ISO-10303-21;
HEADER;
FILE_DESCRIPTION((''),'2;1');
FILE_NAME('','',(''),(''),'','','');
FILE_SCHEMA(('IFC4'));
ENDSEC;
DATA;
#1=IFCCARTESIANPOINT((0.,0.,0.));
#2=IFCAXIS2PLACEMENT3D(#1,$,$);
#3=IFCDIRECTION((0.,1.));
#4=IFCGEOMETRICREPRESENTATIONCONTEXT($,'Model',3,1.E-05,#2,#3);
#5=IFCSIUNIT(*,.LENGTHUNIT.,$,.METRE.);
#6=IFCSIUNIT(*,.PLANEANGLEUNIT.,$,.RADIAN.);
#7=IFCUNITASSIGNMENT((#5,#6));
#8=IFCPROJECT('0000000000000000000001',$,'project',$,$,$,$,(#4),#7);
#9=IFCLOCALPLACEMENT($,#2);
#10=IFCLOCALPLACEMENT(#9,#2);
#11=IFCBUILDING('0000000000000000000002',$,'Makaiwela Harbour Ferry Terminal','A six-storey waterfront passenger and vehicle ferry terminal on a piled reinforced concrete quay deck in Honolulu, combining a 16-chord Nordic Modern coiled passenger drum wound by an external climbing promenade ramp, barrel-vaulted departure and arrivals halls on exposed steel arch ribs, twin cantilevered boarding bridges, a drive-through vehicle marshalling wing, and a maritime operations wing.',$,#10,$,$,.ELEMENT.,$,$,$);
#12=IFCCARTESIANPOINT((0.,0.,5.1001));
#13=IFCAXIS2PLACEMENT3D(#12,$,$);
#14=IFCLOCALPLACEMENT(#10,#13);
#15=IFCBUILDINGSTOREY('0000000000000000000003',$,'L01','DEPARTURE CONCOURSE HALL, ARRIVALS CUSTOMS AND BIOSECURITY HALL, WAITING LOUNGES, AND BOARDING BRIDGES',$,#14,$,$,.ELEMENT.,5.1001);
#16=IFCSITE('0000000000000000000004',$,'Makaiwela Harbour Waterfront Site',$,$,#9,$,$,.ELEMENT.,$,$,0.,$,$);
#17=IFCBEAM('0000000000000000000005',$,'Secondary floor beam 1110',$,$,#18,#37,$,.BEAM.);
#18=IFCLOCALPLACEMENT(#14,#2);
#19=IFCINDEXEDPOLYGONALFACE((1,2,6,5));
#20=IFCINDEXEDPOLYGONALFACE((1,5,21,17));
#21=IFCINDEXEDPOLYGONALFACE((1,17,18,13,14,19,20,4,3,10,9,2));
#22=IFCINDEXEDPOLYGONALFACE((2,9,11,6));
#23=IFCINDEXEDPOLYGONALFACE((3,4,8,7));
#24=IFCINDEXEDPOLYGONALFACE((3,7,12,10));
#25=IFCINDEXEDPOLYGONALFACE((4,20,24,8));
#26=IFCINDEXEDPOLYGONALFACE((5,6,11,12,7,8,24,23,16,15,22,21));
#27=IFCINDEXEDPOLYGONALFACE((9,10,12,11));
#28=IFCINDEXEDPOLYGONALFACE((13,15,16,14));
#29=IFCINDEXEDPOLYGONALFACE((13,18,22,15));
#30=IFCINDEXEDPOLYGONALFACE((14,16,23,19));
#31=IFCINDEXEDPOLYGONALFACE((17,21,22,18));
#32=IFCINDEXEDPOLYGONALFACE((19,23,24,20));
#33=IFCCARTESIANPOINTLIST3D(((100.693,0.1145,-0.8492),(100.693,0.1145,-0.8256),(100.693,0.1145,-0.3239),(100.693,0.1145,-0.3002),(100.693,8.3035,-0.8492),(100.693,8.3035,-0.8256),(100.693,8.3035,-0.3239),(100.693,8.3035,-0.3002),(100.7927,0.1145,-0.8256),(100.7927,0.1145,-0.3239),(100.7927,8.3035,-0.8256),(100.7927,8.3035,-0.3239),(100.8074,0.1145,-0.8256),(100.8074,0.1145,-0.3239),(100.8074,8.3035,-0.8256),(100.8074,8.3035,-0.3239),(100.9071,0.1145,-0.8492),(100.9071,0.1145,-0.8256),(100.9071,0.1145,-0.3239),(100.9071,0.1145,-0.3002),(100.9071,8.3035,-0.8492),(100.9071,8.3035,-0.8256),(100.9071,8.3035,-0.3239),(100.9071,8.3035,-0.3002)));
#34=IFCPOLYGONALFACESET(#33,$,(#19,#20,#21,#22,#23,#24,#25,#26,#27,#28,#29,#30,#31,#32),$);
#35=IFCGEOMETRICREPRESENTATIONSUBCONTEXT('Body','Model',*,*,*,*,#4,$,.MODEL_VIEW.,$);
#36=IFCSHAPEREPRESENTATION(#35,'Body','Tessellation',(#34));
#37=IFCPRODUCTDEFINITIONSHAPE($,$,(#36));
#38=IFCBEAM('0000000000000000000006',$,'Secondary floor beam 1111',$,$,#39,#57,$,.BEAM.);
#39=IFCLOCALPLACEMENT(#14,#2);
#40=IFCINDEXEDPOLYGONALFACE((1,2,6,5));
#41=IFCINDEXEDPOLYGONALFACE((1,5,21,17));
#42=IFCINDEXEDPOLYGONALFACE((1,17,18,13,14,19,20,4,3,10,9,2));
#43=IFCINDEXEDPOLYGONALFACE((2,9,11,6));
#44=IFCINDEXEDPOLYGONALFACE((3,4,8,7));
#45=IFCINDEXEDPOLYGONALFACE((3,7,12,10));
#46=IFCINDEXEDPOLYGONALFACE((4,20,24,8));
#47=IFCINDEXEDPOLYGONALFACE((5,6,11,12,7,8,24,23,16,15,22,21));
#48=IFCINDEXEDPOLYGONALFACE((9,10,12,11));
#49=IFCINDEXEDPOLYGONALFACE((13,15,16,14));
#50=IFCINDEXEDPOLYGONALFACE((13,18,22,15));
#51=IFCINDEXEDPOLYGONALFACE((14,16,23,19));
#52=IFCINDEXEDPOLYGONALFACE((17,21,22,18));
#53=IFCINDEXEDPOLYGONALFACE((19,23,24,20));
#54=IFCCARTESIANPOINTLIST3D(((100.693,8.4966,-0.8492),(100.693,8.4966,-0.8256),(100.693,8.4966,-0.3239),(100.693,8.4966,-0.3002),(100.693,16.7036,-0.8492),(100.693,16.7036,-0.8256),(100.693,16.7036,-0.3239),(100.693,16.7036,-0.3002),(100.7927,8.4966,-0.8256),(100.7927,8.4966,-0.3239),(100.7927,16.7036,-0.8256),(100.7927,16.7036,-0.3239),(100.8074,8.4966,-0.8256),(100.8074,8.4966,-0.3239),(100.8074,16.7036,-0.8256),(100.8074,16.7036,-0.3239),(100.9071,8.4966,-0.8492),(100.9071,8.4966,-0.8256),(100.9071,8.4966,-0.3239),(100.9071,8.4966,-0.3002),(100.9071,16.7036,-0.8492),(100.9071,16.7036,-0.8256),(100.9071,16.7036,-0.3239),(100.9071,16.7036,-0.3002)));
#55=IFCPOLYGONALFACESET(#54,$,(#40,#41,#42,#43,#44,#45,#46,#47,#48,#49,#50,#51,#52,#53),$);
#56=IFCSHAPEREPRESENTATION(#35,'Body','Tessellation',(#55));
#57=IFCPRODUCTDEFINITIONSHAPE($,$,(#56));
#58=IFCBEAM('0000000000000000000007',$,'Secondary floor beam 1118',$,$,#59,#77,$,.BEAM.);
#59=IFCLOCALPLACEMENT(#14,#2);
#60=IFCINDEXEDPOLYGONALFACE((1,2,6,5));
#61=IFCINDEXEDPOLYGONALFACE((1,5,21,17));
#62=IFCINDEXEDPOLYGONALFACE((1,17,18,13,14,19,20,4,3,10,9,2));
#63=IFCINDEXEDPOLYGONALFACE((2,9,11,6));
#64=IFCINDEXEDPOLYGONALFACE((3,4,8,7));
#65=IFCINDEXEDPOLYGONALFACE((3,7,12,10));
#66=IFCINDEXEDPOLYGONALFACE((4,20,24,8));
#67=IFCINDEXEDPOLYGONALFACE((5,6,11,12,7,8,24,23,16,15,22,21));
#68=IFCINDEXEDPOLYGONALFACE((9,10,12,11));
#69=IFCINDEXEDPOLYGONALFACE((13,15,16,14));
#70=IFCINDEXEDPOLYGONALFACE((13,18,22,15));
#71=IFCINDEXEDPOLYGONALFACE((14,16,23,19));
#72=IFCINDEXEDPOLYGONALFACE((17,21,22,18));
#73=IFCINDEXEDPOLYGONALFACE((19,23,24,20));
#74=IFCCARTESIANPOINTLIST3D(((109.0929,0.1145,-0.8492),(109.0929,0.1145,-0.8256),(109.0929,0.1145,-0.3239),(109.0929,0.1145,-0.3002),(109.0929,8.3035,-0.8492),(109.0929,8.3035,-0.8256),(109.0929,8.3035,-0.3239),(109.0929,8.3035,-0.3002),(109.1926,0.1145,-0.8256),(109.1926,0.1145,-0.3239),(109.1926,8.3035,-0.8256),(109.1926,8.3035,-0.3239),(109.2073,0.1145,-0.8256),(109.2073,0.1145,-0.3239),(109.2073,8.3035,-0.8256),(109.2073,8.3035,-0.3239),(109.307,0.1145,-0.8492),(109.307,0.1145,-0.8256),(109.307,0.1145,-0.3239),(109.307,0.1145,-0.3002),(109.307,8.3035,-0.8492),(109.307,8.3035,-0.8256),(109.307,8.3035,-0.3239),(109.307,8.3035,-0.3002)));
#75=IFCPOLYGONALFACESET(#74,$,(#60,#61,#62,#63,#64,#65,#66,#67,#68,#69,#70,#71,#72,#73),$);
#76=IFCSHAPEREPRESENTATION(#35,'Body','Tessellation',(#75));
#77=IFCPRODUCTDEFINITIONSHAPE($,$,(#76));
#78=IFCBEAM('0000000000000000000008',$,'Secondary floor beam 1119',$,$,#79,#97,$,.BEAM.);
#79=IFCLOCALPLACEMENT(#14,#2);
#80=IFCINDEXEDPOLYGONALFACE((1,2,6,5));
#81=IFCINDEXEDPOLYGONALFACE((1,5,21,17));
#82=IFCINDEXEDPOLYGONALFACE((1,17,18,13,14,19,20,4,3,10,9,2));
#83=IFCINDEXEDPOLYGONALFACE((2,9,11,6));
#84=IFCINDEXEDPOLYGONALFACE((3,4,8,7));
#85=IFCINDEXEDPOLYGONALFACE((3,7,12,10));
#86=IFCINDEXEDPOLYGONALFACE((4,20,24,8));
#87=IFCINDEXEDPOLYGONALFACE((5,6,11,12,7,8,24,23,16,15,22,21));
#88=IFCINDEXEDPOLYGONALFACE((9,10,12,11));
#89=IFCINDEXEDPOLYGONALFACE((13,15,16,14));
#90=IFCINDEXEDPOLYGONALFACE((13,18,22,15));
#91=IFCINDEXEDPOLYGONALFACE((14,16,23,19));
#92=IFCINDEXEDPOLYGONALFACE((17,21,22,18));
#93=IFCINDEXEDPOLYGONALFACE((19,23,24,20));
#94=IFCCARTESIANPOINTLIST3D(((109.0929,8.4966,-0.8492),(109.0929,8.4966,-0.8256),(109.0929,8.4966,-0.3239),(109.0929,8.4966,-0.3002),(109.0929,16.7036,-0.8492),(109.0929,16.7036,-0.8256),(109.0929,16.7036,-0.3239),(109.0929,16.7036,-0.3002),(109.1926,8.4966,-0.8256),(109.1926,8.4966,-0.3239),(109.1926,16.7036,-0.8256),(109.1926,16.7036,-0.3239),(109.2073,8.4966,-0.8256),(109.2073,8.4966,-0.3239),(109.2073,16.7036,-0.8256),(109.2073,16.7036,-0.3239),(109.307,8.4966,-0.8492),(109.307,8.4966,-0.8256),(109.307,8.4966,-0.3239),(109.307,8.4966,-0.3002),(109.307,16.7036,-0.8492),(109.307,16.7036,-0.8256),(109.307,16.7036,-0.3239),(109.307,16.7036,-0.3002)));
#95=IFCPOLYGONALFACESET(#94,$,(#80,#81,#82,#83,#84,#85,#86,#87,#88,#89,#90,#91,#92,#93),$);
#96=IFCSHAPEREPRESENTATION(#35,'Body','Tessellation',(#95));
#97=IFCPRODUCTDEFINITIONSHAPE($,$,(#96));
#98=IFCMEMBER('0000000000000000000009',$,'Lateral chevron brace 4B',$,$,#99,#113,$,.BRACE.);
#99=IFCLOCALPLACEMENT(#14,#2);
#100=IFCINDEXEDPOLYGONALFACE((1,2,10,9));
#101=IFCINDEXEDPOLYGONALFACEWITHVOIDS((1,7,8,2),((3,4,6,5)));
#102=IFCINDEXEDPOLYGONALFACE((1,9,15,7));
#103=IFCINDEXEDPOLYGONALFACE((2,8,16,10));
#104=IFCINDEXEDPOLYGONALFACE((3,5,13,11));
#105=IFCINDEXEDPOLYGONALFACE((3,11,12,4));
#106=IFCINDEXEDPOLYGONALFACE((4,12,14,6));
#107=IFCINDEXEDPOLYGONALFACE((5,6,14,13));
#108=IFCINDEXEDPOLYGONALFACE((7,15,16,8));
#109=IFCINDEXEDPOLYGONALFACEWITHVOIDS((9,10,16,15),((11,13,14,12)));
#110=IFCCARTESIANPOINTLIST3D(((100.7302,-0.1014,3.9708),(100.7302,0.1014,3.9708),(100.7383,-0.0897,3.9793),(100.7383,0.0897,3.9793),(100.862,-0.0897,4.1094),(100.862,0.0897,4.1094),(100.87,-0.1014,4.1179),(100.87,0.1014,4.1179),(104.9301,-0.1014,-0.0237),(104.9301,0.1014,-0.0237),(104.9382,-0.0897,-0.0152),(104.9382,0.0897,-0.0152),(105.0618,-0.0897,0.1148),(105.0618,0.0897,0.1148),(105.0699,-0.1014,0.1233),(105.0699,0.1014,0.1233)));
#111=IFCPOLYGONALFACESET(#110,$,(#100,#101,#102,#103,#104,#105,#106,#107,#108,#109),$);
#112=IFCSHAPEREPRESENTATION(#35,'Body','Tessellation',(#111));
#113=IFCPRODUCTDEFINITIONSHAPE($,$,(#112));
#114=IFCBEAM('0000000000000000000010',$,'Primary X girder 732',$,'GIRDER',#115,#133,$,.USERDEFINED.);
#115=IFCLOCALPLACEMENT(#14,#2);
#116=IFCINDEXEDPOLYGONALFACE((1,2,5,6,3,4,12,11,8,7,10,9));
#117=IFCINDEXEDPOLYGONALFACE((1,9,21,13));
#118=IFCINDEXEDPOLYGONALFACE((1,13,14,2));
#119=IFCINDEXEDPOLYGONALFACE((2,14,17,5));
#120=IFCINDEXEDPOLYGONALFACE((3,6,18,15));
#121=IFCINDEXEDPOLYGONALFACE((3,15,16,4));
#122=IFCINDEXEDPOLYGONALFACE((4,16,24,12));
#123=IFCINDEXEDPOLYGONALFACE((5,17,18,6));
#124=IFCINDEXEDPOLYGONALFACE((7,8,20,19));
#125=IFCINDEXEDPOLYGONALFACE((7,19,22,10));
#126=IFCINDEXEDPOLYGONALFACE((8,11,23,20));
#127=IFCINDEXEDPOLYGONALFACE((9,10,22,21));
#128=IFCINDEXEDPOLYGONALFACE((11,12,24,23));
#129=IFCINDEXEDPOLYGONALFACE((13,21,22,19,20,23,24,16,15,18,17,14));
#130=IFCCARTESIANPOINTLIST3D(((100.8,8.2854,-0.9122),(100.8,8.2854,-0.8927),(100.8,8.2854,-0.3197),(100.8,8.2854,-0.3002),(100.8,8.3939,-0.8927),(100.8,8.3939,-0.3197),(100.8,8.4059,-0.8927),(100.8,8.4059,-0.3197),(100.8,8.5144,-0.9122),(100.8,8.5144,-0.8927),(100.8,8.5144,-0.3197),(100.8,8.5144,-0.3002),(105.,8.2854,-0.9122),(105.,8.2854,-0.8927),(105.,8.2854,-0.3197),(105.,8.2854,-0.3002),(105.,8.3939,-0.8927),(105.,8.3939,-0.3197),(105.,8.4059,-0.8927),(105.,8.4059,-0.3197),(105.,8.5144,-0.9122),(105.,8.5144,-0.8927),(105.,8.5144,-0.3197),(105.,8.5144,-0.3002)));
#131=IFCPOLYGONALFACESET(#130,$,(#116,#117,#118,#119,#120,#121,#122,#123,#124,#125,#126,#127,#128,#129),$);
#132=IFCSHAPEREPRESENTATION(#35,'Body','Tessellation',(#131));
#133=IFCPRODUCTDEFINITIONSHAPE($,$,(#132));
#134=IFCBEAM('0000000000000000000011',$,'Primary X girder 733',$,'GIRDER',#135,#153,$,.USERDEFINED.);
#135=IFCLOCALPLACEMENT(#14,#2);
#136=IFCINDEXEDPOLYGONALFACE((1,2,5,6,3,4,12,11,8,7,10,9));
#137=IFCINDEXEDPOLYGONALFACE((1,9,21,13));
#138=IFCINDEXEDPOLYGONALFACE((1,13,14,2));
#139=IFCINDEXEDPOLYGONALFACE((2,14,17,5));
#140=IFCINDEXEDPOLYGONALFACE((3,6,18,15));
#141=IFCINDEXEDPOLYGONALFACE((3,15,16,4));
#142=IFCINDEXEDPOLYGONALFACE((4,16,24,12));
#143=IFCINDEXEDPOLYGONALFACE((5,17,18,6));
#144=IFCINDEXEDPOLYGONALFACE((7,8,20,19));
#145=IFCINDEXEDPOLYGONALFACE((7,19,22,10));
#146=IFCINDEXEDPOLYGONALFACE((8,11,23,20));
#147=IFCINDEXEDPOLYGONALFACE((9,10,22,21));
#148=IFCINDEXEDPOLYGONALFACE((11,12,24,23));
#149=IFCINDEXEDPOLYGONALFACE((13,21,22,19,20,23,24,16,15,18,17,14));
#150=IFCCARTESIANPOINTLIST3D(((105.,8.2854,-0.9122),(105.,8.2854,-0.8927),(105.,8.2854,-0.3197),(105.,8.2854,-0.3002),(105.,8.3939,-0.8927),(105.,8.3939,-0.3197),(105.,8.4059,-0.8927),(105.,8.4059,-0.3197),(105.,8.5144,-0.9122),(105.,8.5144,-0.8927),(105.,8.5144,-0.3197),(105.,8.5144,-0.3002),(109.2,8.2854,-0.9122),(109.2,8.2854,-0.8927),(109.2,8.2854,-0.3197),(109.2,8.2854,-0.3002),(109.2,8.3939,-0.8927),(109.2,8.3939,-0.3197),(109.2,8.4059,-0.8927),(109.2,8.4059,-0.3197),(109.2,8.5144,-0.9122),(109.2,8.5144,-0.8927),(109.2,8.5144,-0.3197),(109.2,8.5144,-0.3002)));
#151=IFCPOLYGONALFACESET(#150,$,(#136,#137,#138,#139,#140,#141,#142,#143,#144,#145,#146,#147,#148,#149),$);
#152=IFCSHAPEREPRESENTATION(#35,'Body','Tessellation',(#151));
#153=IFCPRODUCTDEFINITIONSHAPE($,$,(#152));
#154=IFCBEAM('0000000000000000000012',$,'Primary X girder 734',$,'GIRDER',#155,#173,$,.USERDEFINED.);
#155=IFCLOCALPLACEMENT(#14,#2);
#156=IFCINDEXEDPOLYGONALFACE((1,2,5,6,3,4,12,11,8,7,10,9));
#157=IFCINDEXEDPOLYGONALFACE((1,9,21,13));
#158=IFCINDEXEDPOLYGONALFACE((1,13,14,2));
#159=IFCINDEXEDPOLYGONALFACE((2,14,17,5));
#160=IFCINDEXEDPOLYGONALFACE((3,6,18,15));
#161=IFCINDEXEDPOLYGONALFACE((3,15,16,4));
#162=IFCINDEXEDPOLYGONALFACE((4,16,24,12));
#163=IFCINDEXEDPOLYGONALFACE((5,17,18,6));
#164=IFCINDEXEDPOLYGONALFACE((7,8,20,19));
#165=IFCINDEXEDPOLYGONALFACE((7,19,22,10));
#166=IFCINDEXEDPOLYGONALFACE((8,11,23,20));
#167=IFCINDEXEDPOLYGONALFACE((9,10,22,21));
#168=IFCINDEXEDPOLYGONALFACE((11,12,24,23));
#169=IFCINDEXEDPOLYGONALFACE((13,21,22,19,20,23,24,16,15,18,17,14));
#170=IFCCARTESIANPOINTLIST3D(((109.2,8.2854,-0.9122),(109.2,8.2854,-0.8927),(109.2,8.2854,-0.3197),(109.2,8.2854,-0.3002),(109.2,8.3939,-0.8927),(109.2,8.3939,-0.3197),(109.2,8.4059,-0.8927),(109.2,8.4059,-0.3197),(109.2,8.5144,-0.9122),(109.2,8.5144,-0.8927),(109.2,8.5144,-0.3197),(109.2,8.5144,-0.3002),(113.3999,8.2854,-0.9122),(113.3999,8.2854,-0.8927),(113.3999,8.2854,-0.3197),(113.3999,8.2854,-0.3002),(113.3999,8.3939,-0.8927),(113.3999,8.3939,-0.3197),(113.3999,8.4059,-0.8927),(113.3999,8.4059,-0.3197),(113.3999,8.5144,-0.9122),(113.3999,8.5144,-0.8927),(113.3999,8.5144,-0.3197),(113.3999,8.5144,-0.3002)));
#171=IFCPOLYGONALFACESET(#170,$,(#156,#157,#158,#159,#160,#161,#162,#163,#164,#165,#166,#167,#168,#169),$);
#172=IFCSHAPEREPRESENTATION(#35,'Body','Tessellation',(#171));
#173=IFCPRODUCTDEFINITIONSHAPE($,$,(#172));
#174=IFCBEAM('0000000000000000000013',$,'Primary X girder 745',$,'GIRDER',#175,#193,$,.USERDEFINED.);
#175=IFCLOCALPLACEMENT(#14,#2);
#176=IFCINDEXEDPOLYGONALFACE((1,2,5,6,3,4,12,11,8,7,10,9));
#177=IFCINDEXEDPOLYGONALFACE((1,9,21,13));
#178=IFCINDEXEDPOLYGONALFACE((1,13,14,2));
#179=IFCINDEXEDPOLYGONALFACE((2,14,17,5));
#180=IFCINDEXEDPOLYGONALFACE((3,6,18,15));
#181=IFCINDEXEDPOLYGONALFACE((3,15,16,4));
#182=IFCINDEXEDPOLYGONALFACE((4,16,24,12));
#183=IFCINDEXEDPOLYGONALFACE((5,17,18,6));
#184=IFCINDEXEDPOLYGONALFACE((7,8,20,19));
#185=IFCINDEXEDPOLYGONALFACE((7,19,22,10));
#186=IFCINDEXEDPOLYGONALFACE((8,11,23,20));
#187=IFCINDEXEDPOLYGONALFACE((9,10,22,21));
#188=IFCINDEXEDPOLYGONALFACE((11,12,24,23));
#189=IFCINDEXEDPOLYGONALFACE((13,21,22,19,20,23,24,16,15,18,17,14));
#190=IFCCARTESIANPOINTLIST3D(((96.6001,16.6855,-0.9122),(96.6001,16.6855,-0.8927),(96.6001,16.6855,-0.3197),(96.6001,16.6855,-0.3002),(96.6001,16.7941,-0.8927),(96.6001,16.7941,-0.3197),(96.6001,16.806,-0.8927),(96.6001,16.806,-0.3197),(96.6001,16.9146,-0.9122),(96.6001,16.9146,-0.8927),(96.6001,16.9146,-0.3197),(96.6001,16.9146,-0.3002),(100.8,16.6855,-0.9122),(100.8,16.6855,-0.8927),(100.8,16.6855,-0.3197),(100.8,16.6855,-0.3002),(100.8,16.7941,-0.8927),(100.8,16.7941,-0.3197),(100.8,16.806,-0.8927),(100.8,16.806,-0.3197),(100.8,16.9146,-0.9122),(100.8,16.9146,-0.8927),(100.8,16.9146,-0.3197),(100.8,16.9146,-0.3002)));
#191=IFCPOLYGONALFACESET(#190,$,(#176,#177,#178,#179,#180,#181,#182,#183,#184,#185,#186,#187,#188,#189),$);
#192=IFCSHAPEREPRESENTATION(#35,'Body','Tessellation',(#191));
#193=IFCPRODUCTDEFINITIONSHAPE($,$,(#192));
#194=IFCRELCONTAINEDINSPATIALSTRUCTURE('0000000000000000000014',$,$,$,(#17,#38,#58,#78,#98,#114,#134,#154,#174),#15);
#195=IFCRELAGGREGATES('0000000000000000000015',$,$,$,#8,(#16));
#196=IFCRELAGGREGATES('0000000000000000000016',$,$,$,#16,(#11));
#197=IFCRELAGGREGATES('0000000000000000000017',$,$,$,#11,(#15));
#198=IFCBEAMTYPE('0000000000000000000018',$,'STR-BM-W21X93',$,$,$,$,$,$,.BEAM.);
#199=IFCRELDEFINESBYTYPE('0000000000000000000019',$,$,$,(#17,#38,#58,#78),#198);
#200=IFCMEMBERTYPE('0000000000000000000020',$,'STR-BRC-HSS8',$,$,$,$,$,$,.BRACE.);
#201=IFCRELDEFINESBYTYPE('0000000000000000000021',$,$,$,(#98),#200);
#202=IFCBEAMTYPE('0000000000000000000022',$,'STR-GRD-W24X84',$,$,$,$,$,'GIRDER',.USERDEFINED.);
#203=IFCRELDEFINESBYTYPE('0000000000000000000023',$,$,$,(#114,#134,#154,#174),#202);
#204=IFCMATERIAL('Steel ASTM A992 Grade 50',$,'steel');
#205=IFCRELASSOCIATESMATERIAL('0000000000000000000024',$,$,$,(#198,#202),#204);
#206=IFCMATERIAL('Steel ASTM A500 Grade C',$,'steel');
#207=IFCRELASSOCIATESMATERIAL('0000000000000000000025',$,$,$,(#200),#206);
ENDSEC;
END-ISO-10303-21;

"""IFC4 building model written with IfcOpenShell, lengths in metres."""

from ifc_helpers import new_model, si_unit, direction, frame, origin, origin_2d, place, context, subcontext, project, spatial, hollow_rectangle, i_section, extrude, material, material_profile, profile_set, type_object, element, save


model = new_model("IFC4")

# Units and contexts
model_context = context("Model", 3, precision=1e-05, world=origin(), true_north=direction((0.0, 1.0)))
body_context = subcontext(model_context, "Body", "Model", "MODEL_VIEW")
ifc_project = project(units=[si_unit("LENGTHUNIT", "METRE"), si_unit("PLANEANGLEUNIT", "RADIAN")], contexts=[model_context])

# Site, building, storey
site_placement = place(None, origin())
site = spatial("IfcSite", under=ifc_project, at=site_placement, Name="Makaiwela Harbour Waterfront Site", CompositionType="ELEMENT", RefElevation=0.0)
building_placement = place(site_placement, origin())
building = spatial("IfcBuilding", under=site, at=building_placement, Name="Makaiwela Harbour Ferry Terminal", Description="A six-storey waterfront passenger and vehicle ferry terminal on a piled reinforced concrete quay deck in Honolulu, combining a 16-chord Nordic Modern coiled passenger drum wound by an external climbing promenade ramp, barrel-vaulted departure and arrivals halls on exposed steel arch ribs, twin cantilevered boarding bridges, a drive-through vehicle marshalling wing, and a maritime operations wing.", CompositionType="ELEMENT")
storey_placement = place(building_placement, frame((0.0, 0.0, 5.1001)))
storey = spatial("IfcBuildingStorey", under=building, at=storey_placement, Name="L01", Description="DEPARTURE CONCOURSE HALL, ARRIVALS CUSTOMS AND BIOSECURITY HALL, WAITING LOUNGES, AND BOARDING BRIDGES", CompositionType="ELEMENT", Elevation=5.1001)

# Shared definitions
ifc_material_1 = material(Name="Steel ASTM A992 Grade 50", Category="steel")

# Beams
ifc_material_profile_1 = material_profile(ifc_material_1, i_section(OverallWidth=0.2141, OverallDepth=0.5491, WebThickness=0.0146, FlangeThickness=0.0237, at=origin_2d()), Name="W21X93")
ifc_profile_set_1 = profile_set([ifc_material_profile_1], Name="Steel ASTM A992 Grade 50")
beam_type_1 = type_object("IfcBeamType", Name="STR-BM-W21X93", PredefinedType="BEAM", material=ifc_profile_set_1)
beam_1_placement = place(storey_placement, frame((100.8, 0.1145, -0.5747), z_axis=(0.0, 1.0, 0.0), x_axis=(-1.0, 0.0, 0.0)))
element("IfcBeam", 1, at=beam_1_placement, inside=storey, type_object=beam_type_1, Name="Secondary floor beam 1110", PredefinedType="BEAM", context=body_context, shape_type="SweptSolid", body=[
    extrude(i_section(OverallWidth=0.2141, OverallDepth=0.5491, WebThickness=0.0146, FlangeThickness=0.0237, at=origin_2d()), origin(), (0.0, 0.0, 1.0), 8.189),
])
beam_2_placement = place(storey_placement, frame((100.8, 8.4966, -0.5747), z_axis=(0.0, 1.0, 0.0), x_axis=(-1.0, 0.0, 0.0)))
element("IfcBeam", 2, at=beam_2_placement, inside=storey, type_object=beam_type_1, Name="Secondary floor beam 1111", PredefinedType="BEAM", context=body_context, shape_type="SweptSolid", body=[
    extrude(i_section(OverallWidth=0.2141, OverallDepth=0.5491, WebThickness=0.0146, FlangeThickness=0.0237, at=origin_2d()), origin(), (0.0, 0.0, 1.0), 8.207),
])
beam_3_placement = place(storey_placement, frame((109.2, 0.1145, -0.5747), z_axis=(0.0, 1.0, 0.0), x_axis=(-1.0, 0.0, 0.0)))
element("IfcBeam", 3, at=beam_3_placement, inside=storey, type_object=beam_type_1, Name="Secondary floor beam 1118", PredefinedType="BEAM", context=body_context, shape_type="SweptSolid", body=[
    extrude(i_section(OverallWidth=0.2141, OverallDepth=0.5491, WebThickness=0.0146, FlangeThickness=0.0237, at=origin_2d()), origin(), (0.0, 0.0, 1.0), 8.189),
])
beam_4_placement = place(storey_placement, frame((109.2, 8.4966, -0.5747), z_axis=(0.0, 1.0, 0.0), x_axis=(-1.0, 0.0, 0.0)))
element("IfcBeam", 4, at=beam_4_placement, inside=storey, type_object=beam_type_1, Name="Secondary floor beam 1119", PredefinedType="BEAM", context=body_context, shape_type="SweptSolid", body=[
    extrude(i_section(OverallWidth=0.2141, OverallDepth=0.5491, WebThickness=0.0146, FlangeThickness=0.0237, at=origin_2d()), origin(), (0.0, 0.0, 1.0), 8.207),
])

# Member
ifc_material_2 = material(Name="Steel ASTM A500 Grade C", Category="steel")
ifc_material_profile_2 = material_profile(ifc_material_2, hollow_rectangle(XDim=0.2029, YDim=0.2029, WallThickness=0.0117, at=origin_2d()), Name="HSS8X8X1/2")
ifc_profile_set_2 = profile_set([ifc_material_profile_2], Name="Steel ASTM A500 Grade C")
member_type = type_object("IfcMemberType", Name="STR-BRC-HSS8", PredefinedType="BRACE", material=ifc_profile_set_2)
member_placement = place(storey_placement, frame((105.0, 0.0, 0.0498), z_axis=(-0.724597, 0.0, 0.689173), x_axis=(0.0, -1.0, 0.0)))
element("IfcMember", 5, at=member_placement, inside=storey, type_object=member_type, Name="Lateral chevron brace 4B", PredefinedType="BRACE", context=body_context, shape_type="SweptSolid", body=[
    extrude(hollow_rectangle(XDim=0.2029, YDim=0.2029, WallThickness=0.0117, at=origin_2d()), origin(), (0.0, 0.0, 1.0), 5.7961),
])

# Beams
ifc_material_profile_3 = material_profile(ifc_material_1, i_section(OverallWidth=0.229, OverallDepth=0.6121, WebThickness=0.012, FlangeThickness=0.0195, at=origin_2d()), Name="W24X84")
ifc_profile_set_3 = profile_set([ifc_material_profile_3], Name="Steel ASTM A992 Grade 50")
beam_type_2 = type_object("IfcBeamType", Name="STR-GRD-W24X84", ElementType="GIRDER", PredefinedType="USERDEFINED", material=ifc_profile_set_3)
for number, where, z_axis, x_axis, name in (
    (6, (100.8, 8.3999, -0.6062), (1.0, 0.0, 0.0), (0.0, 1.0, 0.0), "Primary X girder 732"),
    (7, (105.0, 8.3999, -0.6062), (1.0, 0.0, 0.0), (0.0, 1.0, 0.0), "Primary X girder 733"),
    (8, (109.2, 8.3999, -0.6062), (1.0, 0.0, 0.0), (0.0, 1.0, 0.0), "Primary X girder 734"),
    (9, (96.6001, 16.8, -0.6062), (1.0, 0.0, 0.0), (0.0, 1.0, 0.0), "Primary X girder 745"),
):
    element("IfcBeam", number, at=place(storey_placement, frame(where, z_axis=z_axis, x_axis=x_axis)), inside=storey, type_object=beam_type_2, Name=name, ObjectType="GIRDER", PredefinedType="USERDEFINED", context=body_context, shape_type="SweptSolid", body=[
        extrude(i_section(OverallWidth=0.229, OverallDepth=0.6121, WebThickness=0.012, FlangeThickness=0.0195, at=origin_2d()), origin(), (0.0, 0.0, 1.0), 4.2),
    ])

save(model, "model.ifc")
